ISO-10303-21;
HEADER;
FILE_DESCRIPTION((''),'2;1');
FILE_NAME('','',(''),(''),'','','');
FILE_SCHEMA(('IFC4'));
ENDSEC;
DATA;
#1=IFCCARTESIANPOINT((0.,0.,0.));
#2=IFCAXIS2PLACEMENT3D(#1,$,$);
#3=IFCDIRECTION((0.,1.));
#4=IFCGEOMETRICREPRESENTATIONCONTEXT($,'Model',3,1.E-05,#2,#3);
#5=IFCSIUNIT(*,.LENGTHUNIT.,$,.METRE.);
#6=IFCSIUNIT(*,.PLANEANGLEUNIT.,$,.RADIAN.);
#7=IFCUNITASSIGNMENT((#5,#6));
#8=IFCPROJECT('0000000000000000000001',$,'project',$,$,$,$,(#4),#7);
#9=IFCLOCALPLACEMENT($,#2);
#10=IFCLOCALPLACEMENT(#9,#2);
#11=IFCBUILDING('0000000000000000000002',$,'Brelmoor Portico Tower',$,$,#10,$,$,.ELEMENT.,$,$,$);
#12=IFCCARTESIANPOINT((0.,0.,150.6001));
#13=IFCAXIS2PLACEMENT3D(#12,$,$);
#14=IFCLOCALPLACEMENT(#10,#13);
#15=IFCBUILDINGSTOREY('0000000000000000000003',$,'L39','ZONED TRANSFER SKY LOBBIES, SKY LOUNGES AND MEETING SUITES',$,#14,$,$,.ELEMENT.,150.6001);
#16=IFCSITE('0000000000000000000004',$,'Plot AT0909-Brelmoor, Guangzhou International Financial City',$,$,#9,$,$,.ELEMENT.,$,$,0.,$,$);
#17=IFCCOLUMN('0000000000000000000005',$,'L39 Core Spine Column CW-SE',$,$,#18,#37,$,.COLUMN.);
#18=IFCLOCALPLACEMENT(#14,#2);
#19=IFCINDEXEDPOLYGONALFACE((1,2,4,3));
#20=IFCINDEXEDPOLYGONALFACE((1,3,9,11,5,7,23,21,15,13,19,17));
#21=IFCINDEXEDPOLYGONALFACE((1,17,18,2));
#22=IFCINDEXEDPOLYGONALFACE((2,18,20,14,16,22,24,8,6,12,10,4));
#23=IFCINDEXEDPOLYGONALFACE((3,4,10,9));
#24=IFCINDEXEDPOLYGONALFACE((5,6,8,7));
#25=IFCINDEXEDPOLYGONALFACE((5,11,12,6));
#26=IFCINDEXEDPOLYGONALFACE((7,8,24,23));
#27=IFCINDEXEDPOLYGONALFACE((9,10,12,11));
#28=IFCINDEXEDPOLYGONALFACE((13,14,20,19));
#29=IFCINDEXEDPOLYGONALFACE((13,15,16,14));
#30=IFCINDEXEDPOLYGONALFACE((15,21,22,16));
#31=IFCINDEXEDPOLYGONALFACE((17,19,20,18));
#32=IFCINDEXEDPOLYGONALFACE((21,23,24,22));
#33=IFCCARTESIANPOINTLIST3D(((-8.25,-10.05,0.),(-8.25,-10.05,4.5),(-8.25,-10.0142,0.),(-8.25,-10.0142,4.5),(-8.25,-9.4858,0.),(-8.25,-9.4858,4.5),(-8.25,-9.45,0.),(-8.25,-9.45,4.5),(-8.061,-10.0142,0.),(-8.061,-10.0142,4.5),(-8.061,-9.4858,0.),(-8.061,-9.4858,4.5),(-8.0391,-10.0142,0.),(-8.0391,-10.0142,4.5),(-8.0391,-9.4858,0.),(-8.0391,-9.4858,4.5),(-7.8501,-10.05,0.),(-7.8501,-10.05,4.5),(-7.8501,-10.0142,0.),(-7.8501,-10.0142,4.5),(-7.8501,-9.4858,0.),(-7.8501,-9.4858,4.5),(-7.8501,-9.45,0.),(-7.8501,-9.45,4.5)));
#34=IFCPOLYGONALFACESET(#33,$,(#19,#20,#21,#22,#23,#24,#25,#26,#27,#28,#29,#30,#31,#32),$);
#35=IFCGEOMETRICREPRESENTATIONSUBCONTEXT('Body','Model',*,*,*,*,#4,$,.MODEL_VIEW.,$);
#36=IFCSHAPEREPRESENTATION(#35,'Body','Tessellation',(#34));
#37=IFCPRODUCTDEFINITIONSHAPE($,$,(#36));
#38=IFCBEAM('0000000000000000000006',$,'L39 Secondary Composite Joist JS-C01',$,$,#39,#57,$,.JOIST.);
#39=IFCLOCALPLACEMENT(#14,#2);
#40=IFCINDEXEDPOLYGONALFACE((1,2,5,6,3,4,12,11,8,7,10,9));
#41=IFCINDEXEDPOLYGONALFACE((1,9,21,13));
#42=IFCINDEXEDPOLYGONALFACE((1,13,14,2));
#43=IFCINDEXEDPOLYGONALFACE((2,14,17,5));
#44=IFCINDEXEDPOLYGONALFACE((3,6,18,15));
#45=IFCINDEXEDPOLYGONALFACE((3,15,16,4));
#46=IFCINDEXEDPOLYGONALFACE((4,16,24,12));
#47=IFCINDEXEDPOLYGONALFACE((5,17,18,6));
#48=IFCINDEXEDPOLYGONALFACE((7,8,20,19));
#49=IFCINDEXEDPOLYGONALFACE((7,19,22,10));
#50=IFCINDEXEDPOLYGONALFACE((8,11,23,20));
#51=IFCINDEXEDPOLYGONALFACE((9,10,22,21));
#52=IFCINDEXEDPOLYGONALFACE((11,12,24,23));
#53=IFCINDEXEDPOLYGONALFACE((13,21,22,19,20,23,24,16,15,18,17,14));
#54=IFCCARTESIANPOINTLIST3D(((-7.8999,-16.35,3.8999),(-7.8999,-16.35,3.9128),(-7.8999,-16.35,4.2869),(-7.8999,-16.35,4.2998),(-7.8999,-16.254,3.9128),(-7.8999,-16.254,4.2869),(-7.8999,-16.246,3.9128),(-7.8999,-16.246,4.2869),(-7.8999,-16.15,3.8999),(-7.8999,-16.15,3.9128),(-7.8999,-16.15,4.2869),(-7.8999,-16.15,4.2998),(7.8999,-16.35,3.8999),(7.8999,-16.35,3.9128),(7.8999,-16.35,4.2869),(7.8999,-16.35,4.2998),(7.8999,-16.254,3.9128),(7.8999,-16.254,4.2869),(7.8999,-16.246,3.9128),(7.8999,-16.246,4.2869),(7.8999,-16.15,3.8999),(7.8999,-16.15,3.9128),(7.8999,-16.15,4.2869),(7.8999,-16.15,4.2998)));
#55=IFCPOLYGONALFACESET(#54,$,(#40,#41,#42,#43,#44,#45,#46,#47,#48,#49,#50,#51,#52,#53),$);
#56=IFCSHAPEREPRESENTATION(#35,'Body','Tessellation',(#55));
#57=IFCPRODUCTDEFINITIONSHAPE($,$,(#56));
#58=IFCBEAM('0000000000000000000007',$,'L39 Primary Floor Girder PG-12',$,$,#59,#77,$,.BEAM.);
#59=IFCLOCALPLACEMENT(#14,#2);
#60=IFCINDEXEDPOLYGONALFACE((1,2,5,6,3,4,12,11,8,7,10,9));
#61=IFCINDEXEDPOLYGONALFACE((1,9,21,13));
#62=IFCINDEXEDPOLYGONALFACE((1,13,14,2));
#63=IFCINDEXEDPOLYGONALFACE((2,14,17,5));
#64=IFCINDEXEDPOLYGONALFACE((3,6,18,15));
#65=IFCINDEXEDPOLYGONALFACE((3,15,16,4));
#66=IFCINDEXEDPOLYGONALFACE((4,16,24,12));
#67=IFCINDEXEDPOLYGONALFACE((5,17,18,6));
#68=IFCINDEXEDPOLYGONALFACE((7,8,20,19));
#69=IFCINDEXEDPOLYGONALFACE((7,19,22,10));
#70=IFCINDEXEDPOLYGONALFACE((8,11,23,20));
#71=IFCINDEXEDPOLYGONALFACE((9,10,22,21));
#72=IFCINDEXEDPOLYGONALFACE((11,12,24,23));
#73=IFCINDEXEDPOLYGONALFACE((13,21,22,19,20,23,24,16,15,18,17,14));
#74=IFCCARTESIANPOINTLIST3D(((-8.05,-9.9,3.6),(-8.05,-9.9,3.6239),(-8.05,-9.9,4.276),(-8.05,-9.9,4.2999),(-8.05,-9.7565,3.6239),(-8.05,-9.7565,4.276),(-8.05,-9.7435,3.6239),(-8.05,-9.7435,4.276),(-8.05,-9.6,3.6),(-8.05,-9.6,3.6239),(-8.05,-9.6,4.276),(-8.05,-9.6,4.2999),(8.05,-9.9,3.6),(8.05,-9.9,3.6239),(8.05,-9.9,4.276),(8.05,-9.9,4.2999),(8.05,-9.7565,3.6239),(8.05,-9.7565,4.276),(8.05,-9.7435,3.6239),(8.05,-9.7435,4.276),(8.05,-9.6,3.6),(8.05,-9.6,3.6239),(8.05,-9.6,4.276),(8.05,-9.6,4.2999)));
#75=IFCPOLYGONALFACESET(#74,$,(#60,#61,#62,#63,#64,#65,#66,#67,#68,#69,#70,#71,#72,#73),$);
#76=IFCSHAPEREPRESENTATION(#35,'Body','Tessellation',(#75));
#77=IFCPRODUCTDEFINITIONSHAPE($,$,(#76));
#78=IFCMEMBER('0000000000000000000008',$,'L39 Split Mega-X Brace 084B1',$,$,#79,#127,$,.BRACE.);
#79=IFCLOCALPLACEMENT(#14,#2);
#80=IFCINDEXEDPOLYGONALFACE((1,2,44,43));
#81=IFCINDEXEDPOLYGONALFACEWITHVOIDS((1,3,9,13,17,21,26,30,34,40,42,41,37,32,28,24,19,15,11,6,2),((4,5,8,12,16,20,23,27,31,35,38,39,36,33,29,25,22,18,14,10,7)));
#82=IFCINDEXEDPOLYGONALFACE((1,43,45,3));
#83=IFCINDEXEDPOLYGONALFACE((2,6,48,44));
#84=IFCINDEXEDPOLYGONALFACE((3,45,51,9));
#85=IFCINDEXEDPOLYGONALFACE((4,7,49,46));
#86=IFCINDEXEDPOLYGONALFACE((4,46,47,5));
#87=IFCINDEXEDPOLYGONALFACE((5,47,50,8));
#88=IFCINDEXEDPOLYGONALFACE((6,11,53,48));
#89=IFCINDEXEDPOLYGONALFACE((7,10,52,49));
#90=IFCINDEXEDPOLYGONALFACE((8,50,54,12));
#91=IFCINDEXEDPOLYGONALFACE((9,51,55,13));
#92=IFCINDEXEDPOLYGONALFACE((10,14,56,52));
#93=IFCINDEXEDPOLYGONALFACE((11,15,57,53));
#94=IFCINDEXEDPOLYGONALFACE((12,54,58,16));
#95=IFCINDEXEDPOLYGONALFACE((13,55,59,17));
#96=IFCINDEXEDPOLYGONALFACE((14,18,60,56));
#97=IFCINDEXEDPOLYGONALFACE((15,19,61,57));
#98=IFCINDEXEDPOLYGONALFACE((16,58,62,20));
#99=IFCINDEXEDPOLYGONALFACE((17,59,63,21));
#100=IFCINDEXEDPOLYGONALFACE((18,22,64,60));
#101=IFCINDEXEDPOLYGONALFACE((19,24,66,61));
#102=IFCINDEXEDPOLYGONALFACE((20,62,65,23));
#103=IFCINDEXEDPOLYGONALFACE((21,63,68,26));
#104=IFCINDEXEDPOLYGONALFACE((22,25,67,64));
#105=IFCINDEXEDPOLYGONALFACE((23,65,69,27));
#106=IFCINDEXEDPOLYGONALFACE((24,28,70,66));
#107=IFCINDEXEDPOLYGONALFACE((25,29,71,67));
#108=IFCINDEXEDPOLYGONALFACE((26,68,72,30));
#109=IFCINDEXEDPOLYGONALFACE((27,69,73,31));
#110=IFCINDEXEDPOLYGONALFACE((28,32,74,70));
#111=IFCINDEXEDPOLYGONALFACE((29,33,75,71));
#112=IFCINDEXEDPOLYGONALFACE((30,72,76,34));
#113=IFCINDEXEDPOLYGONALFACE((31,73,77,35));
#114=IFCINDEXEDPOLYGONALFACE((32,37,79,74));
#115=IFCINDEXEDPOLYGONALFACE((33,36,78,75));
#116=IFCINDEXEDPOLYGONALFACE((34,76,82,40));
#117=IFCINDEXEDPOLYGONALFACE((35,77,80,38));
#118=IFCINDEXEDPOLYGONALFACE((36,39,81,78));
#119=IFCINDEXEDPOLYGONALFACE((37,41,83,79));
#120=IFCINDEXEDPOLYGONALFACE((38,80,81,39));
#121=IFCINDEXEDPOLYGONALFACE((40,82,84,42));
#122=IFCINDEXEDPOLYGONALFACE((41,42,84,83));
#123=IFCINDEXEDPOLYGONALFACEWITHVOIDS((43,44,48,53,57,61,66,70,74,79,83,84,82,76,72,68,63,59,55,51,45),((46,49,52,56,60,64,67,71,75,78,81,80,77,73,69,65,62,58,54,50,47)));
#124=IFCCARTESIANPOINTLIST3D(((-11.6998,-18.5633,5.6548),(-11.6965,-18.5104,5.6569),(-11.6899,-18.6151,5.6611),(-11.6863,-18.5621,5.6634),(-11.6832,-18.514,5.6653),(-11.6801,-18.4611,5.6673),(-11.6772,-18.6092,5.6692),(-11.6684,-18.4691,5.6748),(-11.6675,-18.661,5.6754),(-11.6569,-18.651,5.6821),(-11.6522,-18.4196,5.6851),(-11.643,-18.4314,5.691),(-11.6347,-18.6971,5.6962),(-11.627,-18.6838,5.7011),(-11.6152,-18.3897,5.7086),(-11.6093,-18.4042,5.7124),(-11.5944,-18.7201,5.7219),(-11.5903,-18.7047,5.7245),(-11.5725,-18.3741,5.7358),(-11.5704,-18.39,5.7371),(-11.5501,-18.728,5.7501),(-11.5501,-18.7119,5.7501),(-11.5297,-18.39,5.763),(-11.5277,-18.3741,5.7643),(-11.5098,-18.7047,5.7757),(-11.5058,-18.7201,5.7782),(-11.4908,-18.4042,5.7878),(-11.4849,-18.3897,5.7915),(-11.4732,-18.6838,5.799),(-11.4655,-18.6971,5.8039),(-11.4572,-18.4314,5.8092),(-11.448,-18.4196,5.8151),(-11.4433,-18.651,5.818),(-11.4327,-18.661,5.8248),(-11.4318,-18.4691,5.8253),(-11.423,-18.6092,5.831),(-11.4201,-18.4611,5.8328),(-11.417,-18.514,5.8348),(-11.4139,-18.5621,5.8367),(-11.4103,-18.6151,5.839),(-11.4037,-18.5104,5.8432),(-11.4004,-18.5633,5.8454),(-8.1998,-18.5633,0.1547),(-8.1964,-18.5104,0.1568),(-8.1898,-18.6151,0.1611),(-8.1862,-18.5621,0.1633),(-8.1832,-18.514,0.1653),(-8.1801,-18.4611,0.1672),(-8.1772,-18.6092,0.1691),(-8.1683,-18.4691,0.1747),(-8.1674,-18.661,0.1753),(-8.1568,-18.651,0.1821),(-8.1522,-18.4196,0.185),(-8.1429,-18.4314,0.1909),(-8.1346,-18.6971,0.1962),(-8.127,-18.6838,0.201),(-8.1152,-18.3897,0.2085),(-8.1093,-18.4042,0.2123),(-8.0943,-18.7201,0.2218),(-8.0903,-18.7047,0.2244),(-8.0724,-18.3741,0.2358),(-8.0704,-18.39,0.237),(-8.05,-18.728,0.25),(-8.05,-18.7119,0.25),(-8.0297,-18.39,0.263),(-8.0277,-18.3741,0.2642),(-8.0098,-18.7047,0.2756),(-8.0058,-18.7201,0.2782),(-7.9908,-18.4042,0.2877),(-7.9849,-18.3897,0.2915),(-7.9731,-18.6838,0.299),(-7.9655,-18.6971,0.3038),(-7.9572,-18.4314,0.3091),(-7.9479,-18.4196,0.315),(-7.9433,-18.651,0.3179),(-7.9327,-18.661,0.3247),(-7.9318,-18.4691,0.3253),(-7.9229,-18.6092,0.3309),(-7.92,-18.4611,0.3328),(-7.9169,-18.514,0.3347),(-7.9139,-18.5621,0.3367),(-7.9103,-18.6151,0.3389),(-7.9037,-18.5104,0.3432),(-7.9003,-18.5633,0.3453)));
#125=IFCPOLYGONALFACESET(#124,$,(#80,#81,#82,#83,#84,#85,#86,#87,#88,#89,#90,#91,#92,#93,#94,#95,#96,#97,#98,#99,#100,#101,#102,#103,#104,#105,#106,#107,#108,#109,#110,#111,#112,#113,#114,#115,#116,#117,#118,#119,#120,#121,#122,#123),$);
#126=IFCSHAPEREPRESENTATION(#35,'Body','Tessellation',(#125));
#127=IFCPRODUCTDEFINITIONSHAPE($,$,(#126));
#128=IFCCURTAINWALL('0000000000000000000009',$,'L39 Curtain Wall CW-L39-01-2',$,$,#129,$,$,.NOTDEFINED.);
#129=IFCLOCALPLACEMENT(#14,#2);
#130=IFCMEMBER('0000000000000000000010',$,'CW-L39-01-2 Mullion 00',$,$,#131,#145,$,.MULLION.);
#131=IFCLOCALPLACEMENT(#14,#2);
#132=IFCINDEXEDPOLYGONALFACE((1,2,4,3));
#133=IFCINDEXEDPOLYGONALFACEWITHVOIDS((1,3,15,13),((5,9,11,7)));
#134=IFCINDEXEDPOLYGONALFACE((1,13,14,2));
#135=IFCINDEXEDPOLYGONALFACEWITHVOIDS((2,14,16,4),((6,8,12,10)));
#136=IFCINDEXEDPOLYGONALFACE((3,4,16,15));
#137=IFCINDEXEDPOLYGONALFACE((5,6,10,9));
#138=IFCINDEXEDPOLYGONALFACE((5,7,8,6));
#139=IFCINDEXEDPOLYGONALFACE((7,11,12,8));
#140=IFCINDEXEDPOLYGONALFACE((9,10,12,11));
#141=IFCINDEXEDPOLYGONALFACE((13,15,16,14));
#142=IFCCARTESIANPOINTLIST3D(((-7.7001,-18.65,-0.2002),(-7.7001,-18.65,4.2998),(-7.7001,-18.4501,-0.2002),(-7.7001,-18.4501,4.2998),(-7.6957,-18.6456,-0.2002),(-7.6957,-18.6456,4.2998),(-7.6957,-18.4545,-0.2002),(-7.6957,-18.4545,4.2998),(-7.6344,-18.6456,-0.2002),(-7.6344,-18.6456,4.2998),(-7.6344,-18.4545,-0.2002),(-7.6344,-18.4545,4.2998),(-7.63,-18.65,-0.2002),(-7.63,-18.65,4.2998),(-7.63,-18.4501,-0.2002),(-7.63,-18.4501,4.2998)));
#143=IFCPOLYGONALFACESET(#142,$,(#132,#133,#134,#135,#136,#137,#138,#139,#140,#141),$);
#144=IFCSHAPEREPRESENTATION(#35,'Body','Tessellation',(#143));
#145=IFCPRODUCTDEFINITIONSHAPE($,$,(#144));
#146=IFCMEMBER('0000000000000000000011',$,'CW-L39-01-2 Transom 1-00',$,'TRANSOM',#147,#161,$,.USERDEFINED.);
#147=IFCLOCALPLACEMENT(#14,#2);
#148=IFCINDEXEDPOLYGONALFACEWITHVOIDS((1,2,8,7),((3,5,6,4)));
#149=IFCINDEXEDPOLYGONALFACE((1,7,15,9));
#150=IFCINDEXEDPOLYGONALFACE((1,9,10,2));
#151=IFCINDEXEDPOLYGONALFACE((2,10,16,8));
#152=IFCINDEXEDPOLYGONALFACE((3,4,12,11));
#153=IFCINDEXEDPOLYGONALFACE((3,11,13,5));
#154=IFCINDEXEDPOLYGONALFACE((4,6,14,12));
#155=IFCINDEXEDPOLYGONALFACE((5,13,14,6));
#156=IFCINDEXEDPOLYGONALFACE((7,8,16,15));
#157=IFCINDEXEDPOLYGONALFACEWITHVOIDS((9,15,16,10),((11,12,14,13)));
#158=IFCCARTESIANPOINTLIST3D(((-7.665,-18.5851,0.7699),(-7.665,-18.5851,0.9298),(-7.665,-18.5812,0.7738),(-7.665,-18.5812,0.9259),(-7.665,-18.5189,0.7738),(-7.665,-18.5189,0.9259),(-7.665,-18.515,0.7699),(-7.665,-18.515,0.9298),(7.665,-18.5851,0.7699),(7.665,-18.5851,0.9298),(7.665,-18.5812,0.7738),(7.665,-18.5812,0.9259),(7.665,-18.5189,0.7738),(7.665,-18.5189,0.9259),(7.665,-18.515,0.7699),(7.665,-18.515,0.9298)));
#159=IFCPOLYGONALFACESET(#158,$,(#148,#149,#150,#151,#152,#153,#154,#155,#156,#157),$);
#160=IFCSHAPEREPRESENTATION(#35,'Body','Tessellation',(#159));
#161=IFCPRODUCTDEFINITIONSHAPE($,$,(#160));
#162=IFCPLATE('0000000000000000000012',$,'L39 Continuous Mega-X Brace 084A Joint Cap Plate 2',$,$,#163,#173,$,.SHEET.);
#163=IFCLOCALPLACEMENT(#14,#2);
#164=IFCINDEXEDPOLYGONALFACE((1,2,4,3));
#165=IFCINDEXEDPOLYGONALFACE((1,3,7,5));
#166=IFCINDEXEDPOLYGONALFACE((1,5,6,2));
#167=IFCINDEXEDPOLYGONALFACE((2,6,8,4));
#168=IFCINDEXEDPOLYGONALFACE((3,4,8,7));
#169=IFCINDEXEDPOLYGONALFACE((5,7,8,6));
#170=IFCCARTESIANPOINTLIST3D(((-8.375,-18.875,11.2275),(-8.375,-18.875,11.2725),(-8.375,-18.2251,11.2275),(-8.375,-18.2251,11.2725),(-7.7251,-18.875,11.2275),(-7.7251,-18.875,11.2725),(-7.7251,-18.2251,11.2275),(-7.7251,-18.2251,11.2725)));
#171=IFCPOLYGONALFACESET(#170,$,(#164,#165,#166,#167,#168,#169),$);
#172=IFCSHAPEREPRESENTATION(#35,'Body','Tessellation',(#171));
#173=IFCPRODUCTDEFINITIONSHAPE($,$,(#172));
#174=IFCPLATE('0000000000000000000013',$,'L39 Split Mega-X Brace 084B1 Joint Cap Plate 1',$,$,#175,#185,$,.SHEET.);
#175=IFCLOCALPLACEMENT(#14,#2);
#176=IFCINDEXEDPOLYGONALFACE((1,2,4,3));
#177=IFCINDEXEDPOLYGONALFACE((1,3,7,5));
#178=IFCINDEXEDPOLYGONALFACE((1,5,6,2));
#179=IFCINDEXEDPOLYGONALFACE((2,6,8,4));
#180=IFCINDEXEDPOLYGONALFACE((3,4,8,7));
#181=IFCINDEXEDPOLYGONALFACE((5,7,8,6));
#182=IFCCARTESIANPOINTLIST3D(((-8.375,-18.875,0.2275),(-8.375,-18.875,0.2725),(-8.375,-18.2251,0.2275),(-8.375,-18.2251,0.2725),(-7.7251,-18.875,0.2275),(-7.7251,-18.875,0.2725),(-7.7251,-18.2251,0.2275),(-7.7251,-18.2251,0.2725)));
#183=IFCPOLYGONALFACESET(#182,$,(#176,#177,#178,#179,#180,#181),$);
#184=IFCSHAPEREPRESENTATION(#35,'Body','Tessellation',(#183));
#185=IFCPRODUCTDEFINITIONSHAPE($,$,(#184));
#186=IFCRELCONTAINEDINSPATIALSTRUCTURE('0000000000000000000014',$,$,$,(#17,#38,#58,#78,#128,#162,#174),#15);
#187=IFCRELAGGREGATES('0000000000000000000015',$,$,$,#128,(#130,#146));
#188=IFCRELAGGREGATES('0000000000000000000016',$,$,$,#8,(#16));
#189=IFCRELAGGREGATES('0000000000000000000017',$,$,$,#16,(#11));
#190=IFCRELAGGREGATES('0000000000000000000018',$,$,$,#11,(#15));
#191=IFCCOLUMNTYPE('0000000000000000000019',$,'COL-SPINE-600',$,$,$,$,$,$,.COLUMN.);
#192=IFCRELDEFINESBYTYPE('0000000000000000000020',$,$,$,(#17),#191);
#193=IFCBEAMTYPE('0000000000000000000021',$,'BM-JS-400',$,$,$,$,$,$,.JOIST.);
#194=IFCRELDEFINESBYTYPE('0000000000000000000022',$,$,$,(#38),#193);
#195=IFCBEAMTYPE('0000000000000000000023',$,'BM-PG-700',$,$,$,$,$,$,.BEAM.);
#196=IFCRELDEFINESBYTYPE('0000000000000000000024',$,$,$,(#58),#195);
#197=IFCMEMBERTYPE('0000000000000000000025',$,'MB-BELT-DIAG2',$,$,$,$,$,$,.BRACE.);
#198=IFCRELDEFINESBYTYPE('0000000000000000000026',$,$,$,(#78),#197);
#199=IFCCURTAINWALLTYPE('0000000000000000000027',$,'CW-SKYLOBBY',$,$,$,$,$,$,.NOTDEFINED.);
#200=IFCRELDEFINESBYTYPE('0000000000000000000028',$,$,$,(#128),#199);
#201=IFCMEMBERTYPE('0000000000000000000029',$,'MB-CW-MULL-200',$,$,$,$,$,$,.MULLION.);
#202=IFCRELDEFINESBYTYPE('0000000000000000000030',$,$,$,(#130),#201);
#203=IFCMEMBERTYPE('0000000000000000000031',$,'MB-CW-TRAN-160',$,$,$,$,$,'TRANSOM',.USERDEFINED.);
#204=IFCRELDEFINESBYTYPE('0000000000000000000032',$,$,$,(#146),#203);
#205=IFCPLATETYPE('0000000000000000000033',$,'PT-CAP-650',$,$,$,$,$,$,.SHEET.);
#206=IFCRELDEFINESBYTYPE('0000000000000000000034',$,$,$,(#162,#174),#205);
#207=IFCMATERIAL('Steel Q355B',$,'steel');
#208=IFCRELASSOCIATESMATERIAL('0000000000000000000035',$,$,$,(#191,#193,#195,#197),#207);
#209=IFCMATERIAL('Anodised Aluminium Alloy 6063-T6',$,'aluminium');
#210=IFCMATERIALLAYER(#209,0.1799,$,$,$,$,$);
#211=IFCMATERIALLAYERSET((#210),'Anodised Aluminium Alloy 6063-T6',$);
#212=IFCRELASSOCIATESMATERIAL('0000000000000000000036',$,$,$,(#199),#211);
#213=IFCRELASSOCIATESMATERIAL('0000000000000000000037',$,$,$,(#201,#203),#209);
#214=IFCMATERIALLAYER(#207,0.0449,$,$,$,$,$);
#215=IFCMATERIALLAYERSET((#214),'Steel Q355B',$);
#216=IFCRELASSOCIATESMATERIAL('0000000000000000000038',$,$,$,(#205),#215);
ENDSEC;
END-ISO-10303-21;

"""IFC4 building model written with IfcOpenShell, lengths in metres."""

from ifc_helpers import new_model, si_unit, direction, frame, origin, origin_2d, place, context, subcontext, project, spatial, rectangle, hollow_rectangle, hollow_circle, i_section, extrude, material, layer, layer_set, material_profile, profile_set, type_object, element, aggregate, save


model = new_model("IFC4")

# Units and contexts
model_context = context("Model", 3, precision=1e-05, world=origin(), true_north=direction((0.0, 1.0)))
body_context = subcontext(model_context, "Body", "Model", "MODEL_VIEW")
ifc_project = project(units=[si_unit("LENGTHUNIT", "METRE"), si_unit("PLANEANGLEUNIT", "RADIAN")], contexts=[model_context])

# Site, building, storey
site_placement = place(None, origin())
site = spatial("IfcSite", under=ifc_project, at=site_placement, Name="Plot AT0909-Brelmoor, Guangzhou International Financial City", CompositionType="ELEMENT", RefElevation=0.0)
building_placement = place(site_placement, origin())
building = spatial("IfcBuilding", under=site, at=building_placement, Name="Brelmoor Portico Tower", CompositionType="ELEMENT")
storey_placement = place(building_placement, frame((0.0, 0.0, 150.6001)))
storey = spatial("IfcBuildingStorey", under=building, at=storey_placement, Name="L39", Description="ZONED TRANSFER SKY LOBBIES, SKY LOUNGES AND MEETING SUITES", CompositionType="ELEMENT", Elevation=150.6001)

# Column
ifc_material_1 = material(Name="Steel Q355B", Category="steel")
ifc_material_profile_1 = material_profile(ifc_material_1, i_section(OverallWidth=0.3999, OverallDepth=0.6001, WebThickness=0.022, FlangeThickness=0.0359, at=origin_2d()), Name="HW 600x400x22x36")
ifc_profile_set_1 = profile_set([ifc_material_profile_1], Name="Steel Q355B")
column_type = type_object("IfcColumnType", Name="COL-SPINE-600", PredefinedType="COLUMN", material=ifc_profile_set_1)
column_placement = place(storey_placement, frame((-8.05, -9.75, 0.0), z_axis=(0.0, 0.0, 1.0), x_axis=(1.0, 0.0, 0.0)))
element("IfcColumn", 1, at=column_placement, inside=storey, type_object=column_type, Name="L39 Core Spine Column CW-SE", PredefinedType="COLUMN", context=body_context, shape_type="SweptSolid", body=[
    extrude(i_section(OverallWidth=0.3999, OverallDepth=0.6001, WebThickness=0.022, FlangeThickness=0.0359, at=origin_2d()), origin(), (0.0, 0.0, 1.0), 4.5),
])

# Beams
ifc_material_profile_2 = material_profile(ifc_material_1, i_section(OverallWidth=0.2, OverallDepth=0.3999, WebThickness=0.0081, FlangeThickness=0.0129, at=origin_2d()), Name="HN 400x200x8x13")
ifc_profile_set_2 = profile_set([ifc_material_profile_2], Name="Steel Q355B")
beam_type_1 = type_object("IfcBeamType", Name="BM-JS-400", PredefinedType="JOIST", material=ifc_profile_set_2)
beam_1_placement = place(storey_placement, frame((-7.8999, -16.25, 4.0999), z_axis=(1.0, 0.0, 0.0), x_axis=(0.0, 1.0, 0.0)))
element("IfcBeam", 2, at=beam_1_placement, inside=storey, type_object=beam_type_1, Name="L39 Secondary Composite Joist JS-C01", PredefinedType="JOIST", context=body_context, shape_type="SweptSolid", body=[
    extrude(i_section(OverallWidth=0.2, OverallDepth=0.3999, WebThickness=0.0081, FlangeThickness=0.0129, at=origin_2d()), origin(), (0.0, 0.0, 1.0), 15.7998),
])
ifc_material_profile_3 = material_profile(ifc_material_1, i_section(OverallWidth=0.3, OverallDepth=0.7, WebThickness=0.0129, FlangeThickness=0.0239, at=origin_2d()), Name="HN 700x300x13x24")
ifc_profile_set_3 = profile_set([ifc_material_profile_3], Name="Steel Q355B")
beam_type_2 = type_object("IfcBeamType", Name="BM-PG-700", PredefinedType="BEAM", material=ifc_profile_set_3)
beam_2_placement = place(storey_placement, frame((-8.05, -9.75, 3.95), z_axis=(1.0, 0.0, 0.0), x_axis=(0.0, 1.0, 0.0)))
element("IfcBeam", 3, at=beam_2_placement, inside=storey, type_object=beam_type_2, Name="L39 Primary Floor Girder PG-12", PredefinedType="BEAM", context=body_context, shape_type="SweptSolid", body=[
    extrude(i_section(OverallWidth=0.3, OverallDepth=0.7, WebThickness=0.0129, FlangeThickness=0.0239, at=origin_2d()), origin(), (0.0, 0.0, 1.0), 16.1001),
])

# Member
ifc_material_profile_4 = material_profile(ifc_material_1, hollow_circle(Radius=0.178, WallThickness=0.0161, at=origin_2d()), Name="CHS 356x16")
ifc_profile_set_4 = profile_set([ifc_material_profile_4], Name="Steel Q355B")
member_type_1 = type_object("IfcMemberType", Name="MB-BELT-DIAG2", PredefinedType="BRACE", material=ifc_profile_set_4)
member_1_placement = place(storey_placement, frame((-8.05, -18.55, 0.25), z_axis=(-0.536875, 0.0, 0.843661), x_axis=(0.0, -1.0, 0.0)))
element("IfcMember", 4, at=member_1_placement, inside=storey, type_object=member_type_1, Name="L39 Split Mega-X Brace 084B1", PredefinedType="BRACE", context=body_context, shape_type="SweptSolid", body=[
    extrude(hollow_circle(Radius=0.178, WallThickness=0.0161, at=origin_2d()), origin(), (0.0, 0.0, 1.0), 6.5193),
])

# Curtain wall, members
ifc_material_2 = material(Name="Anodised Aluminium Alloy 6063-T6", Category="aluminium")
ifc_layer_1 = layer(ifc_material_2, 0.1799)
ifc_layer_set_1 = layer_set([ifc_layer_1], Name="Anodised Aluminium Alloy 6063-T6")
curtain_wall_type = type_object("IfcCurtainWallType", Name="CW-SKYLOBBY", PredefinedType="NOTDEFINED", material=ifc_layer_set_1)
curtain_wall_placement = place(storey_placement, origin())
curtain_wall = element("IfcCurtainWall", 5, at=curtain_wall_placement, inside=storey, type_object=curtain_wall_type, Name="L39 Curtain Wall CW-L39-01-2", PredefinedType="NOTDEFINED")
ifc_material_profile_5 = material_profile(ifc_material_2, hollow_rectangle(XDim=0.0701, YDim=0.2, WallThickness=0.0044, at=origin_2d()), Name="ALU MULLION 70x200")
ifc_profile_set_5 = profile_set([ifc_material_profile_5], Name="Anodised Aluminium Alloy 6063-T6")
member_type_2 = type_object("IfcMemberType", Name="MB-CW-MULL-200", PredefinedType="MULLION", material=ifc_profile_set_5)
member_2_placement = place(storey_placement, frame((-7.665, -18.55, -0.2002), z_axis=(0.0, 0.0, 1.0), x_axis=(1.0, 0.0, 0.0)))
member_2 = element("IfcMember", 6, at=member_2_placement, type_object=member_type_2, Name="CW-L39-01-2 Mullion 00", PredefinedType="MULLION", context=body_context, shape_type="SweptSolid", body=[
    extrude(hollow_rectangle(XDim=0.0701, YDim=0.2, WallThickness=0.0044, at=origin_2d()), origin(), (0.0, 0.0, 1.0), 4.5),
])
ifc_material_profile_6 = material_profile(ifc_material_2, hollow_rectangle(XDim=0.0701, YDim=0.1599, WallThickness=0.0039, at=origin_2d()), Name="ALU TRANSOM 70x160")
ifc_profile_set_6 = profile_set([ifc_material_profile_6], Name="Anodised Aluminium Alloy 6063-T6")
member_type_3 = type_object("IfcMemberType", Name="MB-CW-TRAN-160", ElementType="TRANSOM", PredefinedType="USERDEFINED", material=ifc_profile_set_6)
member_3_placement = place(storey_placement, frame((-7.665, -18.55, 0.8499), z_axis=(1.0, 0.0, 0.0), x_axis=(0.0, 1.0, 0.0)))
member_3 = element("IfcMember", 7, at=member_3_placement, type_object=member_type_3, Name="CW-L39-01-2 Transom 1-00", ObjectType="TRANSOM", PredefinedType="USERDEFINED", context=body_context, shape_type="SweptSolid", body=[
    extrude(hollow_rectangle(XDim=0.0701, YDim=0.1599, WallThickness=0.0039, at=origin_2d()), origin(), (0.0, 0.0, 1.0), 15.3301),
])

# Plates
ifc_layer_2 = layer(ifc_material_1, 0.0449)
ifc_layer_set_2 = layer_set([ifc_layer_2], Name="Steel Q355B")
plate_type_1 = type_object("IfcPlateType", Name="PT-CAP-650", PredefinedType="SHEET", material=ifc_layer_set_2)
for number, where, z_axis, x_axis, name in (
    (8, (-8.05, -18.55, 11.2275), (0.0, 0.0, 1.0), (1.0, 0.0, 0.0), "L39 Continuous Mega-X Brace 084A Joint Cap Plate 2"),
    (9, (-8.05, -18.55, 0.2275), (0.0, 0.0, 1.0), (1.0, 0.0, 0.0), "L39 Split Mega-X Brace 084B1 Joint Cap Plate 1"),
):
    element("IfcPlate", number, at=place(storey_placement, frame(where, z_axis=z_axis, x_axis=x_axis)), inside=storey, type_object=plate_type_1, Name=name, PredefinedType="SHEET", context=body_context, shape_type="SweptSolid", body=[
        extrude(rectangle(XDim=0.6499, YDim=0.6499, at=origin_2d()), origin(), (0.0, 0.0, 1.0), 0.0449),
    ])

aggregate(curtain_wall, [member_2, member_3])

save(model, "model.ifc")
